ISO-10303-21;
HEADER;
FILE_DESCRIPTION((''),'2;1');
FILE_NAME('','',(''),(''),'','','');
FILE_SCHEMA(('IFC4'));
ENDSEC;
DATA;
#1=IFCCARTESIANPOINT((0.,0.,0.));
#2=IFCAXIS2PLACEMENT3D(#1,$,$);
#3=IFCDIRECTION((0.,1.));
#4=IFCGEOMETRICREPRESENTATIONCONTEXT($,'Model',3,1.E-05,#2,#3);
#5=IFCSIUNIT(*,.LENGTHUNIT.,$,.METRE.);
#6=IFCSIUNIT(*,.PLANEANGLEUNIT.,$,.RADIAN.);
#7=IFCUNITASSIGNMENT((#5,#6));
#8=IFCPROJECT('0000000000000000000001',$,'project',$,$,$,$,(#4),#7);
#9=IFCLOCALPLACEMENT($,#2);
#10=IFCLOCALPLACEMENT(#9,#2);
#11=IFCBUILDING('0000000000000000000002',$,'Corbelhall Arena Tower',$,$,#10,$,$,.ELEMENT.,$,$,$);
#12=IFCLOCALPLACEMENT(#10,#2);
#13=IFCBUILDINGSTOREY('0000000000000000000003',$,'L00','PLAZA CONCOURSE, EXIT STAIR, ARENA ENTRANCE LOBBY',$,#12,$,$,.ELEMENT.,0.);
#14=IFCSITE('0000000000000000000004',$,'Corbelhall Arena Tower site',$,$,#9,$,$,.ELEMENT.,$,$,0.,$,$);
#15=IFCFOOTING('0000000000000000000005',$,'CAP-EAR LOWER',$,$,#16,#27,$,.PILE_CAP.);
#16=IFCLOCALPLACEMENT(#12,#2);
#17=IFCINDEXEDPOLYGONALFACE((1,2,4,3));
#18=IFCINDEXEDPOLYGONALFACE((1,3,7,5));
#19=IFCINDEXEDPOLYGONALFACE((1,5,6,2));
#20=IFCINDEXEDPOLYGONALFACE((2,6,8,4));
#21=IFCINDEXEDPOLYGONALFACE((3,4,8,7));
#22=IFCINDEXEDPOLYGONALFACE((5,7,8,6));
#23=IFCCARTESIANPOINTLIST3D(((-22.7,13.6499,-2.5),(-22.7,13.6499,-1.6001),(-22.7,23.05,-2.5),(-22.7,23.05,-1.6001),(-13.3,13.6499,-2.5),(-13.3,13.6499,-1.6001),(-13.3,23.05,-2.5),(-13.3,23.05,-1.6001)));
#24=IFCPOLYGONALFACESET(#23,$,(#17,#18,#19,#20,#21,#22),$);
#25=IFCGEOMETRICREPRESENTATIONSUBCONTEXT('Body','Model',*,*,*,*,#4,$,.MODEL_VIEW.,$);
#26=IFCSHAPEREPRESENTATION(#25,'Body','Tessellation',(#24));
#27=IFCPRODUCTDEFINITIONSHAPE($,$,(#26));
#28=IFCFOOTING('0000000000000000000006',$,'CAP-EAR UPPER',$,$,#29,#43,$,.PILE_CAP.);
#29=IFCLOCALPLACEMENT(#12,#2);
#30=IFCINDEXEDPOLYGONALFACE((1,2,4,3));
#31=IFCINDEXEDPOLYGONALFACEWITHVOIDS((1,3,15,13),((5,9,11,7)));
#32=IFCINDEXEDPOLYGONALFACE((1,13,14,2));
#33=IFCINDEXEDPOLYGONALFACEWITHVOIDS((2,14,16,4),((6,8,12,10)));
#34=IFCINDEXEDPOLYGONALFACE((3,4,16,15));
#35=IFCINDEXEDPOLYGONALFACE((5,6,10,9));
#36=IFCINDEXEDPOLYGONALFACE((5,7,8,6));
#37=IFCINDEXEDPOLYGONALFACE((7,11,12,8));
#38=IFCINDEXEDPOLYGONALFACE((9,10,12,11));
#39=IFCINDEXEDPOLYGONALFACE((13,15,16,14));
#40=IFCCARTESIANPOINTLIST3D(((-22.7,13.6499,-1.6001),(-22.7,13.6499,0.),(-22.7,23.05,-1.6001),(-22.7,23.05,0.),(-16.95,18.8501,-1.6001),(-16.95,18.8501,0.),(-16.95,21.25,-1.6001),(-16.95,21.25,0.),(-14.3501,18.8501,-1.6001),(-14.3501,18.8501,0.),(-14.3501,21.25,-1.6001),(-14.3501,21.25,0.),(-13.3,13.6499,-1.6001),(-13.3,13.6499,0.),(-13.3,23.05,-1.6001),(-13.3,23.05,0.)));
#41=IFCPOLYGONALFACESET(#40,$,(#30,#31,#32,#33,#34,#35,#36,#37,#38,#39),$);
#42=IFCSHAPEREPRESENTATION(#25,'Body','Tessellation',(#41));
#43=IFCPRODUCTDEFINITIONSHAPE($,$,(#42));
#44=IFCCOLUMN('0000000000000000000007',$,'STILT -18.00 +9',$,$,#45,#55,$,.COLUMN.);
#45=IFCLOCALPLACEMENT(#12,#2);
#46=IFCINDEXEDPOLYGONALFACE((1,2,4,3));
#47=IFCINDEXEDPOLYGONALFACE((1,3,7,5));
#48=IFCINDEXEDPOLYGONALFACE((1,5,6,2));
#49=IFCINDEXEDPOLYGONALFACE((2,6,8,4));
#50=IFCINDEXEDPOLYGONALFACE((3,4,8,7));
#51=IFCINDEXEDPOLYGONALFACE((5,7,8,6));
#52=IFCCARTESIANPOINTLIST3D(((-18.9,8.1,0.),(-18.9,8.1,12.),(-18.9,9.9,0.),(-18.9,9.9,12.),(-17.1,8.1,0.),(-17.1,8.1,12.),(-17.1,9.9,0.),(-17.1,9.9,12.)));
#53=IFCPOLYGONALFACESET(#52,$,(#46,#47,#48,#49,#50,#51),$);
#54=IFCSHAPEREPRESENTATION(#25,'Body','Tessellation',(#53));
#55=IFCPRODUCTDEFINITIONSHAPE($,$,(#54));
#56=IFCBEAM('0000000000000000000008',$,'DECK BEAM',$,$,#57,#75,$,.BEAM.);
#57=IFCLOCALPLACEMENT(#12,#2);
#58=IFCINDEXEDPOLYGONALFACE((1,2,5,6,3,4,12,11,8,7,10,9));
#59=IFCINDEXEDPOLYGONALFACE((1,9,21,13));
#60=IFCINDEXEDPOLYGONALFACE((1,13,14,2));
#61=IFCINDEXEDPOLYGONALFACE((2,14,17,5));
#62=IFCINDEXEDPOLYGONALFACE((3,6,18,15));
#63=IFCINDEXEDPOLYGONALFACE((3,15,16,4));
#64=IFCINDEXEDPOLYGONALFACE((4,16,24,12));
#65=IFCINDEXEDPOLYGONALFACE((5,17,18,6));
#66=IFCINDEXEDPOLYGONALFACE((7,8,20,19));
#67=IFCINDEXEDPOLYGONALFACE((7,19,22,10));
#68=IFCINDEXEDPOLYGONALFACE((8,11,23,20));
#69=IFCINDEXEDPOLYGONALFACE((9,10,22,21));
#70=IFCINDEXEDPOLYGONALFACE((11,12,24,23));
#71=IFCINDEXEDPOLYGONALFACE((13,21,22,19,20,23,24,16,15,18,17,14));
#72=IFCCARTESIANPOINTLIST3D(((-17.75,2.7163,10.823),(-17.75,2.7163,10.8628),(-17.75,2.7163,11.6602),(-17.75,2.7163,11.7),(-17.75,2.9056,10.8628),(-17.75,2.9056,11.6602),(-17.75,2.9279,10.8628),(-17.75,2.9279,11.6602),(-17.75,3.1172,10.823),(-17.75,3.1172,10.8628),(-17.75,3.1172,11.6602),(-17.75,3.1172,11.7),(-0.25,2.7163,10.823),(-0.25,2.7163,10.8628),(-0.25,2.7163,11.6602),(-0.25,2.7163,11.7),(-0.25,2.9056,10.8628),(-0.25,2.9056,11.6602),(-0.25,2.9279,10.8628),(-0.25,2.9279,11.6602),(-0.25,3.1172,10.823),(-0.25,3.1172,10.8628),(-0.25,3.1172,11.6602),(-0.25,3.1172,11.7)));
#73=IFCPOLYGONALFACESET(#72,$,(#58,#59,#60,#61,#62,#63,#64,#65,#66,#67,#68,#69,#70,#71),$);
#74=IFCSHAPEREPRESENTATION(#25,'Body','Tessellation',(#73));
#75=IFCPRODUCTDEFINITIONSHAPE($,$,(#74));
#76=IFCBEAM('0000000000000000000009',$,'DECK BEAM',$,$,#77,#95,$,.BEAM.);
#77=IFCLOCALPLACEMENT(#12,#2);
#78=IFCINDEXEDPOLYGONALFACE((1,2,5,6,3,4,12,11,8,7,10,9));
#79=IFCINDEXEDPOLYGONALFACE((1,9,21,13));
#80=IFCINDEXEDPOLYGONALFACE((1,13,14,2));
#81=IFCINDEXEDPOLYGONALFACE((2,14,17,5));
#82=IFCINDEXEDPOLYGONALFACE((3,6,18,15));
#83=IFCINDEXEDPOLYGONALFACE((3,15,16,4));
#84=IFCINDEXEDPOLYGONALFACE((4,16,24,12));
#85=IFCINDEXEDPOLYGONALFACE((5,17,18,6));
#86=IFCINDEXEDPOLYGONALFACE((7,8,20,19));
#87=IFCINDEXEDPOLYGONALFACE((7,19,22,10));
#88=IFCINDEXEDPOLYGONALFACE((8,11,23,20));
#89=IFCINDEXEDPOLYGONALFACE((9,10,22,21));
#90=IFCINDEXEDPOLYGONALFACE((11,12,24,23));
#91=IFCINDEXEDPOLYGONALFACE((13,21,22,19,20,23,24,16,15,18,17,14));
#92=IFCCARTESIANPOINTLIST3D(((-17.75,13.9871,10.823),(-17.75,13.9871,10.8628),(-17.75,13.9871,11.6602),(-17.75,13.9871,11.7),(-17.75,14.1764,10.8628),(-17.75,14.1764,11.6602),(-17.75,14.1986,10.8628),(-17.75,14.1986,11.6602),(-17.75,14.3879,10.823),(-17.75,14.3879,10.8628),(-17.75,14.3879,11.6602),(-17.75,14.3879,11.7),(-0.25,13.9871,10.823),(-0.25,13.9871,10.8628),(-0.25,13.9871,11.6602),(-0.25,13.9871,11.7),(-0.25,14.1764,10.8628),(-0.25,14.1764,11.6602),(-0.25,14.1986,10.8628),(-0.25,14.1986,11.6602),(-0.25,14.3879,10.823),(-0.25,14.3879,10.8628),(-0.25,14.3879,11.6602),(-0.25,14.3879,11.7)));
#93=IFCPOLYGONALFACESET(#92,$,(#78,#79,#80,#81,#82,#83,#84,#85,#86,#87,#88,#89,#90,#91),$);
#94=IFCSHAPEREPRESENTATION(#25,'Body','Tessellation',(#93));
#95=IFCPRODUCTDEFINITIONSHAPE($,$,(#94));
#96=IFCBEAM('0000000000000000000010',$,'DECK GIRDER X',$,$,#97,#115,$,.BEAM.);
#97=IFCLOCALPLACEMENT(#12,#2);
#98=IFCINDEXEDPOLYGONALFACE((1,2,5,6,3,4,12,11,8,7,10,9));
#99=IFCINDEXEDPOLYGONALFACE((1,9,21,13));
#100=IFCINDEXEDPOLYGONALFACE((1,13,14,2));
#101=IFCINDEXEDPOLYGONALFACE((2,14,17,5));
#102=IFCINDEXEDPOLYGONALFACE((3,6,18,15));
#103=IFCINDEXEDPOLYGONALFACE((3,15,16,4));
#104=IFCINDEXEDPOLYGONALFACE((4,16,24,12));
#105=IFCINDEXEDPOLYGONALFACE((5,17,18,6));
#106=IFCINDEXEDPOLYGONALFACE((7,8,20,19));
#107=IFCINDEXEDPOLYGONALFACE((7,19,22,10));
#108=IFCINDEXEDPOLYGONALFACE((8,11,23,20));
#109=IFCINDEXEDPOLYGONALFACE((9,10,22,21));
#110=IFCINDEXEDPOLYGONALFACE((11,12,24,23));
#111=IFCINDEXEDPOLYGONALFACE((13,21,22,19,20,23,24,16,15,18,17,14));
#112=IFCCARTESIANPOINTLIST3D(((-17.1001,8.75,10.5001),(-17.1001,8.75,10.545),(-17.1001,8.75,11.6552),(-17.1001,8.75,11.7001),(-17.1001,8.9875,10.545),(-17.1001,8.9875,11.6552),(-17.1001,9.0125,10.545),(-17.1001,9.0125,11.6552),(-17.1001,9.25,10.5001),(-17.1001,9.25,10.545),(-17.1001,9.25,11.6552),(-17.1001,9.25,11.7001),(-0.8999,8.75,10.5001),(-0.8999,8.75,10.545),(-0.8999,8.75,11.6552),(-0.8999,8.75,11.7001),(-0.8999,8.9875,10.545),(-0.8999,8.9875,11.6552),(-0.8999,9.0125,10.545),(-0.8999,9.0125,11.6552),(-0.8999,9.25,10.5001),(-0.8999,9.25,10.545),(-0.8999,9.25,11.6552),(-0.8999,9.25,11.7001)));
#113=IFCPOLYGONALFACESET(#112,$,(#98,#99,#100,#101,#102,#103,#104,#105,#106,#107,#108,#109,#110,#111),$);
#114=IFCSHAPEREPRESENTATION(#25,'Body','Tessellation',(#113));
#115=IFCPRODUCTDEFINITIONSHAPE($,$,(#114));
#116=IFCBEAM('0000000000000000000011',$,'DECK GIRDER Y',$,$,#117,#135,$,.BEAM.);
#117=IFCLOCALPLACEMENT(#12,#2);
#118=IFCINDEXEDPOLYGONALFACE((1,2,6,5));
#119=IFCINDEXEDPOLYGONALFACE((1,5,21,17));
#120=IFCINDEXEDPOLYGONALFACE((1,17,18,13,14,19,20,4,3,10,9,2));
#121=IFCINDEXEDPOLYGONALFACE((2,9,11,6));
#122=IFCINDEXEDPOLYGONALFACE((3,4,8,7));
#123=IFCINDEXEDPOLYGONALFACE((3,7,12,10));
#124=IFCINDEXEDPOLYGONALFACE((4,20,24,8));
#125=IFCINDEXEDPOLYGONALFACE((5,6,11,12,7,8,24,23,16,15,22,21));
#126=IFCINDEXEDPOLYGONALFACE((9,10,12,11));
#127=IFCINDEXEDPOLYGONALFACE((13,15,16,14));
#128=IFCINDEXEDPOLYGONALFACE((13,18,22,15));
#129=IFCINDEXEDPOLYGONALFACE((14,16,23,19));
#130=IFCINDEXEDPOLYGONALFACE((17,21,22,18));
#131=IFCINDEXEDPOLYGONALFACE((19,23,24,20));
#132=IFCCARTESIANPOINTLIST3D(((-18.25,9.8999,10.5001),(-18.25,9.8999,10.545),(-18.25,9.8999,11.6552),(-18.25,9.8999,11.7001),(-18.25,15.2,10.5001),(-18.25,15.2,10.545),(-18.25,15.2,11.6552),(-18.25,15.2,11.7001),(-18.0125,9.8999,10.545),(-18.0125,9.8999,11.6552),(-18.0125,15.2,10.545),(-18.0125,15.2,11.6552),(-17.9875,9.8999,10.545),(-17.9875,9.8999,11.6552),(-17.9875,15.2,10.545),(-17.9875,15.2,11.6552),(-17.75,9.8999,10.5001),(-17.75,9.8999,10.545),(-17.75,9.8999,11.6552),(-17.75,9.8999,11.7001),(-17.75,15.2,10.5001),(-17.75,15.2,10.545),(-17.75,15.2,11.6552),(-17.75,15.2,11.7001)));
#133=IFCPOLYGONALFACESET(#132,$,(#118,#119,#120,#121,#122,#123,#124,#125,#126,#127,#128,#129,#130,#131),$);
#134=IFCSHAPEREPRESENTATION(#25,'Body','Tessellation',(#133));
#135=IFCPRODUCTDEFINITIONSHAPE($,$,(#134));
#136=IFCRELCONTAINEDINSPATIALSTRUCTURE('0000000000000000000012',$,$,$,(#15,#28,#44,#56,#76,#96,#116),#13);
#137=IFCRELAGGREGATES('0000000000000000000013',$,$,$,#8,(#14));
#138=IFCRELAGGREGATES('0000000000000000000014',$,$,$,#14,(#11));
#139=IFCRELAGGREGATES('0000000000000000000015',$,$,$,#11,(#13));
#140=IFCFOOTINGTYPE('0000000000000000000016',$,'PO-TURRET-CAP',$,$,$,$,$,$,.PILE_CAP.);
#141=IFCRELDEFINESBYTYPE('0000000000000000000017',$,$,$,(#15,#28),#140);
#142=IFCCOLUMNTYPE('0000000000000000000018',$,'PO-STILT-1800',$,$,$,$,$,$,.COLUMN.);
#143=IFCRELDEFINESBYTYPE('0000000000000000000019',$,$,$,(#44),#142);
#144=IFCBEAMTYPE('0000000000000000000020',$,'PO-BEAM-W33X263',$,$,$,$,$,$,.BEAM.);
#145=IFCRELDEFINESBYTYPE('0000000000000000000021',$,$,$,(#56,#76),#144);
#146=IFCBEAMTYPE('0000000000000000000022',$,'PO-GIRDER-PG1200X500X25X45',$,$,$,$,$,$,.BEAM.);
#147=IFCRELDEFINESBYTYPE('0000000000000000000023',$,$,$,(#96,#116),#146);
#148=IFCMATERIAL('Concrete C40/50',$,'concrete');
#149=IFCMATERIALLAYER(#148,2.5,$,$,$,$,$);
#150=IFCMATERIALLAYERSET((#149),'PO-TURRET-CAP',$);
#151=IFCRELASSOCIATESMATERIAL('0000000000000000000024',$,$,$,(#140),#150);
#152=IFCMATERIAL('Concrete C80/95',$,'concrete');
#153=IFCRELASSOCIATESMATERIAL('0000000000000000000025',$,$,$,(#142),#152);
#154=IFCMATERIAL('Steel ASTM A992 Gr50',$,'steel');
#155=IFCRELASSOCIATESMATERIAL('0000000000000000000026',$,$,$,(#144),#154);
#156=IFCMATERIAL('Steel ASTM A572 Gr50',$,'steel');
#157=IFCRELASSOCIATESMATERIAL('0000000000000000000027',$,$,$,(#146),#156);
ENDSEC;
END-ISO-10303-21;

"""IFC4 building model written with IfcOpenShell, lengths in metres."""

from ifc_helpers import new_model, si_unit, direction, frame, origin, origin_2d, place, context, subcontext, project, spatial, polyline, rectangle, i_section, outline, extrude, material, layer, layer_set, material_profile, profile_set, type_object, element, save


model = new_model("IFC4")

# Units and contexts
model_context = context("Model", 3, precision=1e-05, world=origin(), true_north=direction((0.0, 1.0)))
body_context = subcontext(model_context, "Body", "Model", "MODEL_VIEW")
ifc_project = project(units=[si_unit("LENGTHUNIT", "METRE"), si_unit("PLANEANGLEUNIT", "RADIAN")], contexts=[model_context])

# Site, building, storey
site_placement = place(None, origin())
site = spatial("IfcSite", under=ifc_project, at=site_placement, Name="Corbelhall Arena Tower site", CompositionType="ELEMENT", RefElevation=0.0)
building_placement = place(site_placement, origin())
building = spatial("IfcBuilding", under=site, at=building_placement, Name="Corbelhall Arena Tower", CompositionType="ELEMENT")
storey_placement = place(building_placement, origin())
storey = spatial("IfcBuildingStorey", under=building, at=storey_placement, Name="L00", Description="PLAZA CONCOURSE, EXIT STAIR, ARENA ENTRANCE LOBBY", CompositionType="ELEMENT", Elevation=0.0)

# Shared definitions
ifc_material_1 = material(Name="Concrete C40/50", Category="concrete")

# Footings
ifc_layer_1 = layer(ifc_material_1, 2.5)
ifc_layer_set_1 = layer_set([ifc_layer_1], Name="PO-TURRET-CAP")
footing_type_1 = type_object("IfcFootingType", Name="PO-TURRET-CAP", PredefinedType="PILE_CAP", material=ifc_layer_set_1)
footing_1_placement = place(storey_placement, frame((0.0, 0.0, -2.5)))
element("IfcFooting", 1, at=footing_1_placement, inside=storey, type_object=footing_type_1, Name="CAP-EAR LOWER", PredefinedType="PILE_CAP", context=body_context, shape_type="SweptSolid", body=[
    extrude(outline(polyline([(-22.7, 13.6499), (-13.3, 13.6499), (-13.3, 23.05), (-22.7, 23.05), (-22.7, 13.6499)])), origin(), (0.0, 0.0, 1.0), 0.8999),
])
footing_2_placement = place(storey_placement, frame((0.0, 0.0, -1.6001)))
element("IfcFooting", 2, at=footing_2_placement, inside=storey, type_object=footing_type_1, Name="CAP-EAR UPPER", PredefinedType="PILE_CAP", context=body_context, shape_type="SweptSolid", body=[
    extrude(outline(polyline([(-22.7, 13.6499), (-13.3, 13.6499), (-13.3, 23.05), (-22.7, 23.05), (-22.7, 13.6499)]), holes=[polyline([(-16.95, 18.8501), (-14.3501, 18.8501), (-14.3501, 21.25), (-16.95, 21.25), (-16.95, 18.8501)])]), origin(), (0.0, 0.0, 1.0), 1.6001),
])

# Column
ifc_material_2 = material(Name="Concrete C80/95", Category="concrete")
ifc_material_profile_1 = material_profile(ifc_material_2, rectangle(XDim=1.8, YDim=1.8, at=origin_2d()))
ifc_profile_set_1 = profile_set([ifc_material_profile_1], Name="Concrete C80/95")
column_type = type_object("IfcColumnType", Name="PO-STILT-1800", PredefinedType="COLUMN", material=ifc_profile_set_1)
column_placement = place(storey_placement, frame((-18.0, 9.0, 0.0), z_axis=(0.0, 0.0, 1.0), x_axis=(1.0, 0.0, 0.0)))
element("IfcColumn", 3, at=column_placement, inside=storey, type_object=column_type, Name="STILT -18.00 +9", PredefinedType="COLUMN", context=body_context, shape_type="SweptSolid", body=[
    extrude(rectangle(XDim=1.8, YDim=1.8, at=origin_2d()), origin(), (0.0, 0.0, 1.0), 12.0),
])

# Beams
ifc_material_3 = material(Name="Steel ASTM A992 Gr50", Category="steel")
ifc_material_profile_2 = material_profile(ifc_material_3, i_section(OverallWidth=0.4009, OverallDepth=0.877, WebThickness=0.0222, FlangeThickness=0.0398, at=origin_2d()))
ifc_profile_set_2 = profile_set([ifc_material_profile_2], Name="Steel ASTM A992 Gr50")
beam_type_1 = type_object("IfcBeamType", Name="PO-BEAM-W33X263", PredefinedType="BEAM", material=ifc_profile_set_2)
for number, where, z_axis, x_axis, name in (
    (4, (-17.75, 2.9167, 11.2615), (1.0, 0.0, 0.0), (0.0, 1.0, 0.0), "DECK BEAM"),
    (5, (-17.75, 14.1875, 11.2615), (1.0, 0.0, 0.0), (0.0, 1.0, 0.0), "DECK BEAM"),
):
    element("IfcBeam", number, at=place(storey_placement, frame(where, z_axis=z_axis, x_axis=x_axis)), inside=storey, type_object=beam_type_1, Name=name, PredefinedType="BEAM", context=body_context, shape_type="SweptSolid", body=[
        extrude(i_section(OverallWidth=0.4009, OverallDepth=0.877, WebThickness=0.0222, FlangeThickness=0.0398, at=origin_2d()), origin(), (0.0, 0.0, 1.0), 17.5),
    ])
ifc_material_4 = material(Name="Steel ASTM A572 Gr50", Category="steel")
ifc_material_profile_3 = material_profile(ifc_material_4, i_section(OverallWidth=0.5, OverallDepth=1.2, WebThickness=0.0249, FlangeThickness=0.0449, at=origin_2d()))
ifc_profile_set_3 = profile_set([ifc_material_profile_3], Name="Steel ASTM A572 Gr50")
beam_type_2 = type_object("IfcBeamType", Name="PO-GIRDER-PG1200X500X25X45", PredefinedType="BEAM", material=ifc_profile_set_3)
beam_1_placement = place(storey_placement, frame((-17.1001, 9.0, 11.1001), z_axis=(1.0, 0.0, 0.0), x_axis=(0.0, 1.0, 0.0)))
element("IfcBeam", 6, at=beam_1_placement, inside=storey, type_object=beam_type_2, Name="DECK GIRDER X", PredefinedType="BEAM", context=body_context, shape_type="SweptSolid", body=[
    extrude(i_section(OverallWidth=0.5, OverallDepth=1.2, WebThickness=0.0249, FlangeThickness=0.0449, at=origin_2d()), origin(), (0.0, 0.0, 1.0), 16.2002),
])
beam_2_placement = place(storey_placement, frame((-18.0, 9.8999, 11.1001), z_axis=(0.0, 1.0, 0.0), x_axis=(-1.0, 0.0, 0.0)))
element("IfcBeam", 7, at=beam_2_placement, inside=storey, type_object=beam_type_2, Name="DECK GIRDER Y", PredefinedType="BEAM", context=body_context, shape_type="SweptSolid", body=[
    extrude(i_section(OverallWidth=0.5, OverallDepth=1.2, WebThickness=0.0249, FlangeThickness=0.0449, at=origin_2d()), origin(), (0.0, 0.0, 1.0), 5.3),
])

save(model, "model.ifc")
